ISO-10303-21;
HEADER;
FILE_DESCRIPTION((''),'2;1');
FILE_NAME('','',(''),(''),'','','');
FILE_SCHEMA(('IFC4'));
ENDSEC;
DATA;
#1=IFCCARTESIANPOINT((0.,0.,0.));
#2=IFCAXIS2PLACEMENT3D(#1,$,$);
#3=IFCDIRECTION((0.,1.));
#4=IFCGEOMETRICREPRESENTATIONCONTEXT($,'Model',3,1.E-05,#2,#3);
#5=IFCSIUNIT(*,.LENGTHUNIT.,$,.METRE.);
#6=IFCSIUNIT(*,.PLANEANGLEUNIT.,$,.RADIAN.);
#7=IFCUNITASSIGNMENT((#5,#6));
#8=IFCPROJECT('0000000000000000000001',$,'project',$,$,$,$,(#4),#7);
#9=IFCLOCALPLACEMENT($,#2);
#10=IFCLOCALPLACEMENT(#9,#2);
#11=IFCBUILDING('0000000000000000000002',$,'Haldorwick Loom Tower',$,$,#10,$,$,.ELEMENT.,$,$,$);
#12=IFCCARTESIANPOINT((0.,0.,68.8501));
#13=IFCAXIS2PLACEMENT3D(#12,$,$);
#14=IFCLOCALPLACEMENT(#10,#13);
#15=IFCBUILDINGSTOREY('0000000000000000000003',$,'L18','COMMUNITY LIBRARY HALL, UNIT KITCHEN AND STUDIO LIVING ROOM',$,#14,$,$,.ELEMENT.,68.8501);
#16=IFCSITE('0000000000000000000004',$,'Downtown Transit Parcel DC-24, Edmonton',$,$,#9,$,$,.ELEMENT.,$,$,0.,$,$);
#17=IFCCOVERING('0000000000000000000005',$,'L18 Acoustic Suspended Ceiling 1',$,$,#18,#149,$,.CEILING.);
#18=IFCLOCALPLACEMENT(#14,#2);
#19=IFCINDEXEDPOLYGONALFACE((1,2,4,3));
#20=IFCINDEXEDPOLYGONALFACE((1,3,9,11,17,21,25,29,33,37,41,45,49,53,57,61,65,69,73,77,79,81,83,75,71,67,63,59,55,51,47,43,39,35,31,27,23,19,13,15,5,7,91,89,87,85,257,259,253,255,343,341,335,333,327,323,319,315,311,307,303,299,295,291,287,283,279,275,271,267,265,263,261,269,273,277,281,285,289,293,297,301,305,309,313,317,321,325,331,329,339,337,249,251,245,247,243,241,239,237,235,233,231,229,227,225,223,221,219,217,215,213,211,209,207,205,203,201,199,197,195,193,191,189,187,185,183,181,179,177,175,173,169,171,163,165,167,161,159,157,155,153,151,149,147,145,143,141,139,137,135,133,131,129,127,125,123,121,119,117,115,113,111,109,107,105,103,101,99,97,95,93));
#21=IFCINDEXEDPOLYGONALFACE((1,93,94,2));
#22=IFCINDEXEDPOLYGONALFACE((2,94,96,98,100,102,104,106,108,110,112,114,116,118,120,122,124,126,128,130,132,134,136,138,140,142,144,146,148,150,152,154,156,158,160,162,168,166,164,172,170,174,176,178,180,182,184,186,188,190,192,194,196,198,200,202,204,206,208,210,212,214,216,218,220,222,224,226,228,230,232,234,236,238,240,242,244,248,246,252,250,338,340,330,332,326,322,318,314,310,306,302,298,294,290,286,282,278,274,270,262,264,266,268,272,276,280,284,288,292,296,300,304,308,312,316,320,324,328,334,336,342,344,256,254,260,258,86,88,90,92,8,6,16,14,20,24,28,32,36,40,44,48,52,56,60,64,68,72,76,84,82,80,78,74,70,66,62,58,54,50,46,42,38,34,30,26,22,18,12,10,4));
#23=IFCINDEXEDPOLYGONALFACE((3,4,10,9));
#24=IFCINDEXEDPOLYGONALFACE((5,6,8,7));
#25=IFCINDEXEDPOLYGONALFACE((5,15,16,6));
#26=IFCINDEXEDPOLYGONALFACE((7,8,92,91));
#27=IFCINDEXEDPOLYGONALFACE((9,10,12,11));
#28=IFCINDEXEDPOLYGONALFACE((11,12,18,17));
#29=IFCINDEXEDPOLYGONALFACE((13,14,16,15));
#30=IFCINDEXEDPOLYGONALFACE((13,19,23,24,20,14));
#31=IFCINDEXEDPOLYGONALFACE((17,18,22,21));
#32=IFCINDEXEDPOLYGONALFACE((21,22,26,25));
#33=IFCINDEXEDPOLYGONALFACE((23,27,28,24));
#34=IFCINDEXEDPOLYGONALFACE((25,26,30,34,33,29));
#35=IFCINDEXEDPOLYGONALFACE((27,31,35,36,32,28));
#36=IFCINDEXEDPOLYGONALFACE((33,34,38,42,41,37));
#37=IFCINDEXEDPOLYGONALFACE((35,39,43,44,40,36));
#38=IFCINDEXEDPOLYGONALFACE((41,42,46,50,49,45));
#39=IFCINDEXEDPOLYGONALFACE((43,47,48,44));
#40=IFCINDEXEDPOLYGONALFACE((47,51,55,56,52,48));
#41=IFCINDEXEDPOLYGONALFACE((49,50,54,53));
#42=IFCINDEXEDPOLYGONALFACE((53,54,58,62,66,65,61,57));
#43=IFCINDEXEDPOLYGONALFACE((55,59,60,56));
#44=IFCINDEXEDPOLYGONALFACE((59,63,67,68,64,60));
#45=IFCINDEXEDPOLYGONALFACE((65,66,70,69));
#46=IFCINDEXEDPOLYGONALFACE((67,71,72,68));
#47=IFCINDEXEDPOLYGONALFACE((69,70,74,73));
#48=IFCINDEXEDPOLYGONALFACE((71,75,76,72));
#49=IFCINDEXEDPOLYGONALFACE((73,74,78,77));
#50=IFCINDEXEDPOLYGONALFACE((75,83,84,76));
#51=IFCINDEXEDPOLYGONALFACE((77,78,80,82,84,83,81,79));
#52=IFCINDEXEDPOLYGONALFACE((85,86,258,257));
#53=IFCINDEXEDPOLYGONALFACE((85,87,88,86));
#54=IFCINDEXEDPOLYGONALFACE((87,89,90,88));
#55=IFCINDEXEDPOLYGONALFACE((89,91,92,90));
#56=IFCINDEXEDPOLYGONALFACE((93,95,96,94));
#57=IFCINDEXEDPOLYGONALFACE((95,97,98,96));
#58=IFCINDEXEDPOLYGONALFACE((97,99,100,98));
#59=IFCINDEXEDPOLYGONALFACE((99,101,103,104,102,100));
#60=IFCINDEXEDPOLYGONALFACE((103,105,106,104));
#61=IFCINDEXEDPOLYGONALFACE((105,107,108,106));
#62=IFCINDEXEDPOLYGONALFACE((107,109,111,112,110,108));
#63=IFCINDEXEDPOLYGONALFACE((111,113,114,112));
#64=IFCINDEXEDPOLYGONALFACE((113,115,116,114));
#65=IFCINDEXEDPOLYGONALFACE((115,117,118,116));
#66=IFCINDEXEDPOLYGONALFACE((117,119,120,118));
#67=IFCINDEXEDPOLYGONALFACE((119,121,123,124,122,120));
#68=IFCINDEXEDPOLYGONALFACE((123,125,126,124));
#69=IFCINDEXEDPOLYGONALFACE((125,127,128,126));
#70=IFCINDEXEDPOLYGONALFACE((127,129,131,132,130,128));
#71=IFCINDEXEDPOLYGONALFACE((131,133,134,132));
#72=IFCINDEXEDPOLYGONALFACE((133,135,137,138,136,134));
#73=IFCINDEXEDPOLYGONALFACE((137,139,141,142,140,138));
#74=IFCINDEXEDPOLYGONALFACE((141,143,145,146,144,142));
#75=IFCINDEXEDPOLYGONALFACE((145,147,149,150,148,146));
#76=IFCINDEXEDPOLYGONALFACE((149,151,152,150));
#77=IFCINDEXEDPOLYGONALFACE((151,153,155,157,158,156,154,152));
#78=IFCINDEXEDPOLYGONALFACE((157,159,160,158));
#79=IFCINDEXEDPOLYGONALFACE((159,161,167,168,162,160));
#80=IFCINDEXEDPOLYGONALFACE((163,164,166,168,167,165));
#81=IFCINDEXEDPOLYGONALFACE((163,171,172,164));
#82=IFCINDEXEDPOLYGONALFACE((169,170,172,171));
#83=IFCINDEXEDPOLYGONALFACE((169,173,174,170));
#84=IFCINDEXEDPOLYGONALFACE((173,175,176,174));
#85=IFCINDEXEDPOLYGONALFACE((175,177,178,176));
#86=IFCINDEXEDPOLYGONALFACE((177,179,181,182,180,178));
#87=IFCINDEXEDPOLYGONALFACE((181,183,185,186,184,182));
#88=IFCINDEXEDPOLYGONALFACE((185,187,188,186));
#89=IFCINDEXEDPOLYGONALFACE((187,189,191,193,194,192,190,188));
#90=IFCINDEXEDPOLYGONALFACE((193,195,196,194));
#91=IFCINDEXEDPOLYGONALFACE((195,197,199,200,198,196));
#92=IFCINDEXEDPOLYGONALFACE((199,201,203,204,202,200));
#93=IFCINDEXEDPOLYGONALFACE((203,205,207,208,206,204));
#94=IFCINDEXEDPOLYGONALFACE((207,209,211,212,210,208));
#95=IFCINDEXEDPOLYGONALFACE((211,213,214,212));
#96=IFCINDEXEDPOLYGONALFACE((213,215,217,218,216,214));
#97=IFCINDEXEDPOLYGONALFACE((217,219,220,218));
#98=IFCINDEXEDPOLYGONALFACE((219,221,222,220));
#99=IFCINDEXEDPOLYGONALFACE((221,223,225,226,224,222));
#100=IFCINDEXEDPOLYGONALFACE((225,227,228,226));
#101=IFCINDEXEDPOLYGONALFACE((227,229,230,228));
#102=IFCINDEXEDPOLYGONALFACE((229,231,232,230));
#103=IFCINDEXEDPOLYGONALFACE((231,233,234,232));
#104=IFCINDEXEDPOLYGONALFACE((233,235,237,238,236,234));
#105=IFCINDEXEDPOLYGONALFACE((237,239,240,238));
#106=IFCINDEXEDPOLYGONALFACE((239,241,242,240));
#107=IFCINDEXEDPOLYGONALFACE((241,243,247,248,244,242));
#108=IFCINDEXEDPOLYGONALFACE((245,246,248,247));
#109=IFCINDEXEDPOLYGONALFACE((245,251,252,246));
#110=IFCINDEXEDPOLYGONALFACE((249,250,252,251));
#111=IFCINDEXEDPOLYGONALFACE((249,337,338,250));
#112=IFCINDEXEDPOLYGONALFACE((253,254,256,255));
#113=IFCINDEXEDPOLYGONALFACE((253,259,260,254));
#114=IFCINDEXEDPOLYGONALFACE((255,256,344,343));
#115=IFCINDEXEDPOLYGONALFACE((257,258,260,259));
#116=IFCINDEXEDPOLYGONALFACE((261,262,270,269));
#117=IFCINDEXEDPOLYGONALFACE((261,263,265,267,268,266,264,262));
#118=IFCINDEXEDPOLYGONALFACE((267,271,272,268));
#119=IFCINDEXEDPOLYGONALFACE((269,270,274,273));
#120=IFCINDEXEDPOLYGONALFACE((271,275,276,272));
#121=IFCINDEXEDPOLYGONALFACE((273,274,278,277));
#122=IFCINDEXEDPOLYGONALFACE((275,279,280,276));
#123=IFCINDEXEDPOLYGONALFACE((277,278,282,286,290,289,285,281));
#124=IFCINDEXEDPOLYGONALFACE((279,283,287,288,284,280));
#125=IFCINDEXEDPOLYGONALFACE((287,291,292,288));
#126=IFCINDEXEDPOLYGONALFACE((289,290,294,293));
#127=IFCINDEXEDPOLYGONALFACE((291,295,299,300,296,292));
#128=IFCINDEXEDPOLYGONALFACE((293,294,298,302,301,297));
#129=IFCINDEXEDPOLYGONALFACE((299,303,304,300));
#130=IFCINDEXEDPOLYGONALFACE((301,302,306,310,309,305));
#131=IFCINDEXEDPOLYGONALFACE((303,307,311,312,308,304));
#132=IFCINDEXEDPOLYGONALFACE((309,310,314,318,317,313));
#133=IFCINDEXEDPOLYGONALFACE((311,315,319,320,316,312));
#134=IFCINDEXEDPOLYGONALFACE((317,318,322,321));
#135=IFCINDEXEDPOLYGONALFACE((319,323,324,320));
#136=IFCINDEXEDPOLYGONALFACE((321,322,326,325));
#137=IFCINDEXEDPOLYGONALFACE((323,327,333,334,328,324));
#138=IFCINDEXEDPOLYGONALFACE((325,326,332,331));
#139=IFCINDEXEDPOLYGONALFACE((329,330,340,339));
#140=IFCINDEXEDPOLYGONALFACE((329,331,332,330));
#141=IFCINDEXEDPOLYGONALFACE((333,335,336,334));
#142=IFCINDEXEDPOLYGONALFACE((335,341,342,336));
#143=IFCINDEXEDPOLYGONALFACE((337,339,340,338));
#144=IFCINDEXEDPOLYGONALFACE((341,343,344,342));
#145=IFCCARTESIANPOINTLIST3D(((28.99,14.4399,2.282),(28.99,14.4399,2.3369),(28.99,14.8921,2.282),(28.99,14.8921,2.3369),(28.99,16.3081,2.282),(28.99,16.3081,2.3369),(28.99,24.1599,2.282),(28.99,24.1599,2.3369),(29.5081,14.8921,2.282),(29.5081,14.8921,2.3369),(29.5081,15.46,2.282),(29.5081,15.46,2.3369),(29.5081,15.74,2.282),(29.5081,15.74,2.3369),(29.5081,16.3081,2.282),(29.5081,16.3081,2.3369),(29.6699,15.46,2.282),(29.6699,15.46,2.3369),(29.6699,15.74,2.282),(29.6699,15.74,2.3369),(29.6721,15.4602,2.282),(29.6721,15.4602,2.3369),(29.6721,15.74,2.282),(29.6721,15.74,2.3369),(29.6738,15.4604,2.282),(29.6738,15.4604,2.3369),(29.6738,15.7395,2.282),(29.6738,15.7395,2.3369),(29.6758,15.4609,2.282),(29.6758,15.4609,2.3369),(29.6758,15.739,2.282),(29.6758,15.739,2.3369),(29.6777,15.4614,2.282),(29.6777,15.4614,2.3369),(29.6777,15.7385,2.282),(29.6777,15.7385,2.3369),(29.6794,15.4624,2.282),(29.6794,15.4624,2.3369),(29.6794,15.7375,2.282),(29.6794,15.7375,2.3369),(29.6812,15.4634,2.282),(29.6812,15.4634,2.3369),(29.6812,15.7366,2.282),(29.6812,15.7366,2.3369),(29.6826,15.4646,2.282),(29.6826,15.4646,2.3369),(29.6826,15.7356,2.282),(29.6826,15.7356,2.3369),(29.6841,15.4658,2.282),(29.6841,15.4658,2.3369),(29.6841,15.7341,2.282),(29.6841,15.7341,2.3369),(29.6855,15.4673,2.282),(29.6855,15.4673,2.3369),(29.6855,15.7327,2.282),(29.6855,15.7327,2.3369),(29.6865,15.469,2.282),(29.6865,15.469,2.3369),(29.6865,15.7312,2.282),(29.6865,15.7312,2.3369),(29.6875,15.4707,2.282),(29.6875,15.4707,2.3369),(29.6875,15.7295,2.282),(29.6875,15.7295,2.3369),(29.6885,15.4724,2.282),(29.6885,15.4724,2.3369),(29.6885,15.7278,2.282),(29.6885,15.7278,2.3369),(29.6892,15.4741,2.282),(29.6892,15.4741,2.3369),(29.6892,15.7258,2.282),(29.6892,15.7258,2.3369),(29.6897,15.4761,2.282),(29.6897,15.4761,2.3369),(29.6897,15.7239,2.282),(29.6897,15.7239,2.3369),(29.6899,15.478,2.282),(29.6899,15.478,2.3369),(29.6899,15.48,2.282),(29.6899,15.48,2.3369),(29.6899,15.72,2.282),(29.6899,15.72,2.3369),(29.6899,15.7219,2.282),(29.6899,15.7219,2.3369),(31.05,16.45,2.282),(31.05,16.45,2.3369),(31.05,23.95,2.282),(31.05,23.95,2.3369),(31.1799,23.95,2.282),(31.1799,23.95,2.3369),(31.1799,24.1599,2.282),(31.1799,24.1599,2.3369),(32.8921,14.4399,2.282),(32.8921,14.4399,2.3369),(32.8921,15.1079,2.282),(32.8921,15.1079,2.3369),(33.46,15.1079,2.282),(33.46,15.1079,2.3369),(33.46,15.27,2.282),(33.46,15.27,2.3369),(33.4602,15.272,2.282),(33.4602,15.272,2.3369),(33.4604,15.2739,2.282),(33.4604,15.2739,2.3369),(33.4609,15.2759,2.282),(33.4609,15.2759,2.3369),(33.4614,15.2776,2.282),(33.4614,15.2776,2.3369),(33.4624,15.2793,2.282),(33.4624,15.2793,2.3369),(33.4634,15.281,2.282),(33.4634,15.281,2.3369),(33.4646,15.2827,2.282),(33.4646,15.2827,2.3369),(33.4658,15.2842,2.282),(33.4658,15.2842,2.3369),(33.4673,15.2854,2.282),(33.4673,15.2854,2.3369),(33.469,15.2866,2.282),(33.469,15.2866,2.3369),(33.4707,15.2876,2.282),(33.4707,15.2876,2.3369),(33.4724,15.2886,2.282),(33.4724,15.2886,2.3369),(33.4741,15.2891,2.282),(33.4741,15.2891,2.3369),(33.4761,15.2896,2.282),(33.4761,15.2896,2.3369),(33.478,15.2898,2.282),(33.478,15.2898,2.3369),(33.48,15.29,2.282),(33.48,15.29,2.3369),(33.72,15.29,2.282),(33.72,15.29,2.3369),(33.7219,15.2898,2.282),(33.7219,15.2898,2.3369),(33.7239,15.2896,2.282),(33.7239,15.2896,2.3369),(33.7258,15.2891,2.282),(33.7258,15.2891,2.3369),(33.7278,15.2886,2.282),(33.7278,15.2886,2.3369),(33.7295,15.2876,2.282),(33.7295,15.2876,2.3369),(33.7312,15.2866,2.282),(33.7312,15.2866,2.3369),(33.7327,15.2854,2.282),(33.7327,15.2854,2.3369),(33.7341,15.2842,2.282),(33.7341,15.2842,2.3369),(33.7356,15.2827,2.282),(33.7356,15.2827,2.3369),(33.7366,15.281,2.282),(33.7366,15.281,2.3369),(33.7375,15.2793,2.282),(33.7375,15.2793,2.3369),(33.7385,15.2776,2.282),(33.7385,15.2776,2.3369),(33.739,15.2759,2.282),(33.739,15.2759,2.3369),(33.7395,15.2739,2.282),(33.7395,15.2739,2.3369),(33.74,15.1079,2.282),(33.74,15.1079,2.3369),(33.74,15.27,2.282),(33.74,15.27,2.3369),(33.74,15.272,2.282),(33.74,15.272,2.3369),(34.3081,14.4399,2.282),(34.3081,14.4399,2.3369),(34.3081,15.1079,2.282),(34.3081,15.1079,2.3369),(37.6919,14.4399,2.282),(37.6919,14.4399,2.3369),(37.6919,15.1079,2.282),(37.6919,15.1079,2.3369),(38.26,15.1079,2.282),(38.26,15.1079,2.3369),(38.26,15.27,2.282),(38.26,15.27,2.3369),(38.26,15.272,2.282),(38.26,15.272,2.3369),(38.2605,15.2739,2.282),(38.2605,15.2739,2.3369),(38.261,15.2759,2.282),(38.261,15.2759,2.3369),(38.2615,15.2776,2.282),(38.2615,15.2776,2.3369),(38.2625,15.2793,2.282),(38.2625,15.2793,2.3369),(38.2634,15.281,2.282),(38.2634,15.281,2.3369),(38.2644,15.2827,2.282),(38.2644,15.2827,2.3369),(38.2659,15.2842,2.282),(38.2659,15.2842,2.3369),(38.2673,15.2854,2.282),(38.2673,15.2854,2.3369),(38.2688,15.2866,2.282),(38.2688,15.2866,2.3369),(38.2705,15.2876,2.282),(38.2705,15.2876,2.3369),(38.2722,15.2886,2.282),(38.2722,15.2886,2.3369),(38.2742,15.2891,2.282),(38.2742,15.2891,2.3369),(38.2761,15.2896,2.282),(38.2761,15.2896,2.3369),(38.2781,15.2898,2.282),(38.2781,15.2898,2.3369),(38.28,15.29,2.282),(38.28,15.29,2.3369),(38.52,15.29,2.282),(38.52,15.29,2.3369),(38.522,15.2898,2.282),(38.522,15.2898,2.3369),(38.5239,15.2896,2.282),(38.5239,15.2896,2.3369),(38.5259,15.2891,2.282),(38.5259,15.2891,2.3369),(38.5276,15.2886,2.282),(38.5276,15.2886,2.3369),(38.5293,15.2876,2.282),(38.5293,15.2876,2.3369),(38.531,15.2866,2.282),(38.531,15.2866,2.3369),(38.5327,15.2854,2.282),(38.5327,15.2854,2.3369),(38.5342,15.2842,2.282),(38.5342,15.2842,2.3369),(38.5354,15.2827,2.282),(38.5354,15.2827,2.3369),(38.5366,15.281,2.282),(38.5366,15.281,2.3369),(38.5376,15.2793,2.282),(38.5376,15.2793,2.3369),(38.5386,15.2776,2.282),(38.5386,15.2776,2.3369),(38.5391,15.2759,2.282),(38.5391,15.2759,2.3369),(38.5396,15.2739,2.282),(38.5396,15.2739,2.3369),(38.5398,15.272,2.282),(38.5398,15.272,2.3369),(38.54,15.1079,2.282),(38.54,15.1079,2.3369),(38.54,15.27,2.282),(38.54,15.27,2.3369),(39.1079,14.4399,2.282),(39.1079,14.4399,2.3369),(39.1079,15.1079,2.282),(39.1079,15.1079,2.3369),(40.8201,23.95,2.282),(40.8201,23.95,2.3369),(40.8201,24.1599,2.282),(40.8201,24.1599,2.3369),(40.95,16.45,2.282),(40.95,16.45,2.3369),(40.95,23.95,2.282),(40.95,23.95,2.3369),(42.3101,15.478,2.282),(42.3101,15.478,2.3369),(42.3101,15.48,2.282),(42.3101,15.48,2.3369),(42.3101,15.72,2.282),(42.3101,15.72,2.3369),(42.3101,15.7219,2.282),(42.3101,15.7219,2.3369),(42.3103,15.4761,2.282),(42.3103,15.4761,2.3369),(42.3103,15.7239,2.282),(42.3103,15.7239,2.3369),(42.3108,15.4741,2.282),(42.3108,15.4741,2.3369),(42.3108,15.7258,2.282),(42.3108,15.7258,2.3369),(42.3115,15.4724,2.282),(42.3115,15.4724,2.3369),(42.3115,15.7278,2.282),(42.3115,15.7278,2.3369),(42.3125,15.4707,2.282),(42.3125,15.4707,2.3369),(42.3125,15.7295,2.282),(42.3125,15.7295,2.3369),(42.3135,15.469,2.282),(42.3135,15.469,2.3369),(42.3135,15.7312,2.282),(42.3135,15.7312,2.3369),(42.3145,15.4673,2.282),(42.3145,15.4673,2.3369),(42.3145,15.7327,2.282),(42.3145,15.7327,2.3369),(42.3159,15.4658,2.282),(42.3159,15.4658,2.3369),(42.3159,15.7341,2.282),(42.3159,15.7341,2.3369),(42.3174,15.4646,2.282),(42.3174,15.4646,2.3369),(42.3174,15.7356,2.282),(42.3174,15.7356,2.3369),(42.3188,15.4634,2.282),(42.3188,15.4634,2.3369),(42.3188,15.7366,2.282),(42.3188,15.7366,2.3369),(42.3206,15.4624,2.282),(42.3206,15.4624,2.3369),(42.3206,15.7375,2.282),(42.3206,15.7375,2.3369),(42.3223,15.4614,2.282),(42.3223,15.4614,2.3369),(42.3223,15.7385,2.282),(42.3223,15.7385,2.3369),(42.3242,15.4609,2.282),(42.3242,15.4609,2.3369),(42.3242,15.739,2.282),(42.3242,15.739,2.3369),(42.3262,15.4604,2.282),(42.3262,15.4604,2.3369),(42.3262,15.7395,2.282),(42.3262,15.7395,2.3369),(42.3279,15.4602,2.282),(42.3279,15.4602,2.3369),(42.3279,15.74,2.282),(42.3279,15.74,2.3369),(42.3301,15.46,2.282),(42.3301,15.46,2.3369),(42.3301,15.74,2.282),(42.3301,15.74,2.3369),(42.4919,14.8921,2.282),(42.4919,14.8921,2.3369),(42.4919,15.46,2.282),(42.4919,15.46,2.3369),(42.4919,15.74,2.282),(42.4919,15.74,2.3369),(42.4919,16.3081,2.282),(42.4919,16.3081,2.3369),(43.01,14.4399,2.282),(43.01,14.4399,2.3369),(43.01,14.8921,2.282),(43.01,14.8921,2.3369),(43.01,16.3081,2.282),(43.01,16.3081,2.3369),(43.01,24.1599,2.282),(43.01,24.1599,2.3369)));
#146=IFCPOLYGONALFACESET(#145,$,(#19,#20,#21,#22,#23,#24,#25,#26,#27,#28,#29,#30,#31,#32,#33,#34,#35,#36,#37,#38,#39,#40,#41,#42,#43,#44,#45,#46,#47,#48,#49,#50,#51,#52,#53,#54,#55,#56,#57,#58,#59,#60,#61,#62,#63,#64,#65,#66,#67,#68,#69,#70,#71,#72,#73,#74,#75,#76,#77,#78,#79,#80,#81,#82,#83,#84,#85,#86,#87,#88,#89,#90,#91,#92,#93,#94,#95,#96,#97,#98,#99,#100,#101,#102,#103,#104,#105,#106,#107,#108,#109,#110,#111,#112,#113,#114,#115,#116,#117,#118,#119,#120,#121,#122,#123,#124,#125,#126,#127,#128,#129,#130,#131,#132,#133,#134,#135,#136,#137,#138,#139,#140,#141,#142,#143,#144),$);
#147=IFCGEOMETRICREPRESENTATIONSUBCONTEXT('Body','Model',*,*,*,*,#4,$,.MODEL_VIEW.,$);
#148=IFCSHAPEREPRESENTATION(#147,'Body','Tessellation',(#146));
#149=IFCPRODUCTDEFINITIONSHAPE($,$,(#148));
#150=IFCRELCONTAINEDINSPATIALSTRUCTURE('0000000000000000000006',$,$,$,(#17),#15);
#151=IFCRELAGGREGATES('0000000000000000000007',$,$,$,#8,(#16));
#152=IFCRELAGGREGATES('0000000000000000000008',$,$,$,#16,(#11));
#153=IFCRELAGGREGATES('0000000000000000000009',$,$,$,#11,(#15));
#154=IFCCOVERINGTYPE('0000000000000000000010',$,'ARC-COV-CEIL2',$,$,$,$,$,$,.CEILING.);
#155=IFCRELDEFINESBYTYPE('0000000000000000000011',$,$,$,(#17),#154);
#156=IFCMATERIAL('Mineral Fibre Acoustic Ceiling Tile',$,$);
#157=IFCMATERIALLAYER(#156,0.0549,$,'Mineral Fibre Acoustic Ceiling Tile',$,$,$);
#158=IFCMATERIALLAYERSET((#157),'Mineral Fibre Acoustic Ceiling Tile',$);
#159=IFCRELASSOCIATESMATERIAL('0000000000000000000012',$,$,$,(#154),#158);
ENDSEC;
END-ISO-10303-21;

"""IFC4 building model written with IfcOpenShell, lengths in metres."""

from ifc_helpers import new_model, si_unit, direction, frame, origin, place, context, subcontext, project, spatial, polyline, outline, extrude, material, layer, layer_set, type_object, element, save


model = new_model("IFC4")

# Units and contexts
model_context = context("Model", 3, precision=1e-05, world=origin(), true_north=direction((0.0, 1.0)))
body_context = subcontext(model_context, "Body", "Model", "MODEL_VIEW")
ifc_project = project(units=[si_unit("LENGTHUNIT", "METRE"), si_unit("PLANEANGLEUNIT", "RADIAN")], contexts=[model_context])

# Site, building, storey
site_placement = place(None, origin())
site = spatial("IfcSite", under=ifc_project, at=site_placement, Name="Downtown Transit Parcel DC-24, Edmonton", CompositionType="ELEMENT", RefElevation=0.0)
building_placement = place(site_placement, origin())
building = spatial("IfcBuilding", under=site, at=building_placement, Name="Haldorwick Loom Tower", CompositionType="ELEMENT")
storey_placement = place(building_placement, frame((0.0, 0.0, 68.8501)))
storey = spatial("IfcBuildingStorey", under=building, at=storey_placement, Name="L18", Description="COMMUNITY LIBRARY HALL, UNIT KITCHEN AND STUDIO LIVING ROOM", CompositionType="ELEMENT", Elevation=68.8501)

# Covering
ifc_material_1 = material(Name="Mineral Fibre Acoustic Ceiling Tile")
ifc_layer_1 = layer(ifc_material_1, 0.0549, Name="Mineral Fibre Acoustic Ceiling Tile")
ifc_layer_set_1 = layer_set([ifc_layer_1], Name="Mineral Fibre Acoustic Ceiling Tile")
covering_type_1 = type_object("IfcCoveringType", Name="ARC-COV-CEIL2", PredefinedType="CEILING", material=ifc_layer_set_1)
covering_1_placement = place(storey_placement, frame((0.0, 0.0, 2.282)))
element("IfcCovering", 1, at=covering_1_placement, inside=storey, type_object=covering_type_1, Name="L18 Acoustic Suspended Ceiling 1", PredefinedType="CEILING", context=body_context, shape_type="SweptSolid", body=[
    extrude(outline(polyline([(40.8201, 24.1599), (40.8201, 23.95), (40.95, 23.95), (40.95, 16.45), (31.05, 16.45), (31.05, 23.95), (31.1799, 23.95), (31.1799, 24.1599), (28.99, 24.1599), (28.99, 16.3081), (29.5081, 16.3081), (29.5081, 15.74), (29.6699, 15.74), (29.6721, 15.74), (29.6738, 15.7395), (29.6758, 15.739), (29.6777, 15.7385), (29.6794, 15.7375), (29.6812, 15.7366), (29.6826, 15.7356), (29.6841, 15.7341), (29.6855, 15.7327), (29.6865, 15.7312), (29.6875, 15.7295), (29.6885, 15.7278), (29.6892, 15.7258), (29.6897, 15.7239), (29.6899, 15.7219), (29.6899, 15.72), (29.6899, 15.48), (29.6899, 15.478), (29.6897, 15.4761), (29.6892, 15.4741), (29.6885, 15.4724), (29.6875, 15.4707), (29.6865, 15.469), (29.6855, 15.4673), (29.6841, 15.4658), (29.6826, 15.4646), (29.6812, 15.4634), (29.6794, 15.4624), (29.6777, 15.4614), (29.6758, 15.4609), (29.6738, 15.4604), (29.6721, 15.4602), (29.6699, 15.46), (29.5081, 15.46), (29.5081, 14.8921), (28.99, 14.8921), (28.99, 14.4399), (32.8921, 14.4399), (32.8921, 15.1079), (33.46, 15.1079), (33.46, 15.27), (33.4602, 15.272), (33.4604, 15.2739), (33.4609, 15.2759), (33.4614, 15.2776), (33.4624, 15.2793), (33.4634, 15.281), (33.4646, 15.2827), (33.4658, 15.2842), (33.4673, 15.2854), (33.469, 15.2866), (33.4707, 15.2876), (33.4724, 15.2886), (33.4741, 15.2891), (33.4761, 15.2896), (33.478, 15.2898), (33.48, 15.29), (33.72, 15.29), (33.7219, 15.2898), (33.7239, 15.2896), (33.7258, 15.2891), (33.7278, 15.2886), (33.7295, 15.2876), (33.7312, 15.2866), (33.7327, 15.2854), (33.7341, 15.2842), (33.7356, 15.2827), (33.7366, 15.281), (33.7375, 15.2793), (33.7385, 15.2776), (33.739, 15.2759), (33.7395, 15.2739), (33.74, 15.272), (33.74, 15.27), (33.74, 15.1079), (34.3081, 15.1079), (34.3081, 14.4399), (37.6919, 14.4399), (37.6919, 15.1079), (38.26, 15.1079), (38.26, 15.27), (38.26, 15.272), (38.2605, 15.2739), (38.261, 15.2759), (38.2615, 15.2776), (38.2625, 15.2793), (38.2634, 15.281), (38.2644, 15.2827), (38.2659, 15.2842), (38.2673, 15.2854), (38.2688, 15.2866), (38.2705, 15.2876), (38.2722, 15.2886), (38.2742, 15.2891), (38.2761, 15.2896), (38.2781, 15.2898), (38.28, 15.29), (38.52, 15.29), (38.522, 15.2898), (38.5239, 15.2896), (38.5259, 15.2891), (38.5276, 15.2886), (38.5293, 15.2876), (38.531, 15.2866), (38.5327, 15.2854), (38.5342, 15.2842), (38.5354, 15.2827), (38.5366, 15.281), (38.5376, 15.2793), (38.5386, 15.2776), (38.5391, 15.2759), (38.5396, 15.2739), (38.5398, 15.272), (38.54, 15.27), (38.54, 15.1079), (39.1079, 15.1079), (39.1079, 14.4399), (43.01, 14.4399), (43.01, 14.8921), (42.4919, 14.8921), (42.4919, 15.46), (42.3301, 15.46), (42.3279, 15.4602), (42.3262, 15.4604), (42.3242, 15.4609), (42.3223, 15.4614), (42.3206, 15.4624), (42.3188, 15.4634), (42.3174, 15.4646), (42.3159, 15.4658), (42.3145, 15.4673), (42.3135, 15.469), (42.3125, 15.4707), (42.3115, 15.4724), (42.3108, 15.4741), (42.3103, 15.4761), (42.3101, 15.478), (42.3101, 15.48), (42.3101, 15.72), (42.3101, 15.7219), (42.3103, 15.7239), (42.3108, 15.7258), (42.3115, 15.7278), (42.3125, 15.7295), (42.3135, 15.7312), (42.3145, 15.7327), (42.3159, 15.7341), (42.3174, 15.7356), (42.3188, 15.7366), (42.3206, 15.7375), (42.3223, 15.7385), (42.3242, 15.739), (42.3262, 15.7395), (42.3279, 15.74), (42.3301, 15.74), (42.4919, 15.74), (42.4919, 16.3081), (43.01, 16.3081), (43.01, 24.1599), (40.8201, 24.1599)])), origin(), (0.0, 0.0, 1.0), 0.0549),
])

save(model, "model.ifc")
